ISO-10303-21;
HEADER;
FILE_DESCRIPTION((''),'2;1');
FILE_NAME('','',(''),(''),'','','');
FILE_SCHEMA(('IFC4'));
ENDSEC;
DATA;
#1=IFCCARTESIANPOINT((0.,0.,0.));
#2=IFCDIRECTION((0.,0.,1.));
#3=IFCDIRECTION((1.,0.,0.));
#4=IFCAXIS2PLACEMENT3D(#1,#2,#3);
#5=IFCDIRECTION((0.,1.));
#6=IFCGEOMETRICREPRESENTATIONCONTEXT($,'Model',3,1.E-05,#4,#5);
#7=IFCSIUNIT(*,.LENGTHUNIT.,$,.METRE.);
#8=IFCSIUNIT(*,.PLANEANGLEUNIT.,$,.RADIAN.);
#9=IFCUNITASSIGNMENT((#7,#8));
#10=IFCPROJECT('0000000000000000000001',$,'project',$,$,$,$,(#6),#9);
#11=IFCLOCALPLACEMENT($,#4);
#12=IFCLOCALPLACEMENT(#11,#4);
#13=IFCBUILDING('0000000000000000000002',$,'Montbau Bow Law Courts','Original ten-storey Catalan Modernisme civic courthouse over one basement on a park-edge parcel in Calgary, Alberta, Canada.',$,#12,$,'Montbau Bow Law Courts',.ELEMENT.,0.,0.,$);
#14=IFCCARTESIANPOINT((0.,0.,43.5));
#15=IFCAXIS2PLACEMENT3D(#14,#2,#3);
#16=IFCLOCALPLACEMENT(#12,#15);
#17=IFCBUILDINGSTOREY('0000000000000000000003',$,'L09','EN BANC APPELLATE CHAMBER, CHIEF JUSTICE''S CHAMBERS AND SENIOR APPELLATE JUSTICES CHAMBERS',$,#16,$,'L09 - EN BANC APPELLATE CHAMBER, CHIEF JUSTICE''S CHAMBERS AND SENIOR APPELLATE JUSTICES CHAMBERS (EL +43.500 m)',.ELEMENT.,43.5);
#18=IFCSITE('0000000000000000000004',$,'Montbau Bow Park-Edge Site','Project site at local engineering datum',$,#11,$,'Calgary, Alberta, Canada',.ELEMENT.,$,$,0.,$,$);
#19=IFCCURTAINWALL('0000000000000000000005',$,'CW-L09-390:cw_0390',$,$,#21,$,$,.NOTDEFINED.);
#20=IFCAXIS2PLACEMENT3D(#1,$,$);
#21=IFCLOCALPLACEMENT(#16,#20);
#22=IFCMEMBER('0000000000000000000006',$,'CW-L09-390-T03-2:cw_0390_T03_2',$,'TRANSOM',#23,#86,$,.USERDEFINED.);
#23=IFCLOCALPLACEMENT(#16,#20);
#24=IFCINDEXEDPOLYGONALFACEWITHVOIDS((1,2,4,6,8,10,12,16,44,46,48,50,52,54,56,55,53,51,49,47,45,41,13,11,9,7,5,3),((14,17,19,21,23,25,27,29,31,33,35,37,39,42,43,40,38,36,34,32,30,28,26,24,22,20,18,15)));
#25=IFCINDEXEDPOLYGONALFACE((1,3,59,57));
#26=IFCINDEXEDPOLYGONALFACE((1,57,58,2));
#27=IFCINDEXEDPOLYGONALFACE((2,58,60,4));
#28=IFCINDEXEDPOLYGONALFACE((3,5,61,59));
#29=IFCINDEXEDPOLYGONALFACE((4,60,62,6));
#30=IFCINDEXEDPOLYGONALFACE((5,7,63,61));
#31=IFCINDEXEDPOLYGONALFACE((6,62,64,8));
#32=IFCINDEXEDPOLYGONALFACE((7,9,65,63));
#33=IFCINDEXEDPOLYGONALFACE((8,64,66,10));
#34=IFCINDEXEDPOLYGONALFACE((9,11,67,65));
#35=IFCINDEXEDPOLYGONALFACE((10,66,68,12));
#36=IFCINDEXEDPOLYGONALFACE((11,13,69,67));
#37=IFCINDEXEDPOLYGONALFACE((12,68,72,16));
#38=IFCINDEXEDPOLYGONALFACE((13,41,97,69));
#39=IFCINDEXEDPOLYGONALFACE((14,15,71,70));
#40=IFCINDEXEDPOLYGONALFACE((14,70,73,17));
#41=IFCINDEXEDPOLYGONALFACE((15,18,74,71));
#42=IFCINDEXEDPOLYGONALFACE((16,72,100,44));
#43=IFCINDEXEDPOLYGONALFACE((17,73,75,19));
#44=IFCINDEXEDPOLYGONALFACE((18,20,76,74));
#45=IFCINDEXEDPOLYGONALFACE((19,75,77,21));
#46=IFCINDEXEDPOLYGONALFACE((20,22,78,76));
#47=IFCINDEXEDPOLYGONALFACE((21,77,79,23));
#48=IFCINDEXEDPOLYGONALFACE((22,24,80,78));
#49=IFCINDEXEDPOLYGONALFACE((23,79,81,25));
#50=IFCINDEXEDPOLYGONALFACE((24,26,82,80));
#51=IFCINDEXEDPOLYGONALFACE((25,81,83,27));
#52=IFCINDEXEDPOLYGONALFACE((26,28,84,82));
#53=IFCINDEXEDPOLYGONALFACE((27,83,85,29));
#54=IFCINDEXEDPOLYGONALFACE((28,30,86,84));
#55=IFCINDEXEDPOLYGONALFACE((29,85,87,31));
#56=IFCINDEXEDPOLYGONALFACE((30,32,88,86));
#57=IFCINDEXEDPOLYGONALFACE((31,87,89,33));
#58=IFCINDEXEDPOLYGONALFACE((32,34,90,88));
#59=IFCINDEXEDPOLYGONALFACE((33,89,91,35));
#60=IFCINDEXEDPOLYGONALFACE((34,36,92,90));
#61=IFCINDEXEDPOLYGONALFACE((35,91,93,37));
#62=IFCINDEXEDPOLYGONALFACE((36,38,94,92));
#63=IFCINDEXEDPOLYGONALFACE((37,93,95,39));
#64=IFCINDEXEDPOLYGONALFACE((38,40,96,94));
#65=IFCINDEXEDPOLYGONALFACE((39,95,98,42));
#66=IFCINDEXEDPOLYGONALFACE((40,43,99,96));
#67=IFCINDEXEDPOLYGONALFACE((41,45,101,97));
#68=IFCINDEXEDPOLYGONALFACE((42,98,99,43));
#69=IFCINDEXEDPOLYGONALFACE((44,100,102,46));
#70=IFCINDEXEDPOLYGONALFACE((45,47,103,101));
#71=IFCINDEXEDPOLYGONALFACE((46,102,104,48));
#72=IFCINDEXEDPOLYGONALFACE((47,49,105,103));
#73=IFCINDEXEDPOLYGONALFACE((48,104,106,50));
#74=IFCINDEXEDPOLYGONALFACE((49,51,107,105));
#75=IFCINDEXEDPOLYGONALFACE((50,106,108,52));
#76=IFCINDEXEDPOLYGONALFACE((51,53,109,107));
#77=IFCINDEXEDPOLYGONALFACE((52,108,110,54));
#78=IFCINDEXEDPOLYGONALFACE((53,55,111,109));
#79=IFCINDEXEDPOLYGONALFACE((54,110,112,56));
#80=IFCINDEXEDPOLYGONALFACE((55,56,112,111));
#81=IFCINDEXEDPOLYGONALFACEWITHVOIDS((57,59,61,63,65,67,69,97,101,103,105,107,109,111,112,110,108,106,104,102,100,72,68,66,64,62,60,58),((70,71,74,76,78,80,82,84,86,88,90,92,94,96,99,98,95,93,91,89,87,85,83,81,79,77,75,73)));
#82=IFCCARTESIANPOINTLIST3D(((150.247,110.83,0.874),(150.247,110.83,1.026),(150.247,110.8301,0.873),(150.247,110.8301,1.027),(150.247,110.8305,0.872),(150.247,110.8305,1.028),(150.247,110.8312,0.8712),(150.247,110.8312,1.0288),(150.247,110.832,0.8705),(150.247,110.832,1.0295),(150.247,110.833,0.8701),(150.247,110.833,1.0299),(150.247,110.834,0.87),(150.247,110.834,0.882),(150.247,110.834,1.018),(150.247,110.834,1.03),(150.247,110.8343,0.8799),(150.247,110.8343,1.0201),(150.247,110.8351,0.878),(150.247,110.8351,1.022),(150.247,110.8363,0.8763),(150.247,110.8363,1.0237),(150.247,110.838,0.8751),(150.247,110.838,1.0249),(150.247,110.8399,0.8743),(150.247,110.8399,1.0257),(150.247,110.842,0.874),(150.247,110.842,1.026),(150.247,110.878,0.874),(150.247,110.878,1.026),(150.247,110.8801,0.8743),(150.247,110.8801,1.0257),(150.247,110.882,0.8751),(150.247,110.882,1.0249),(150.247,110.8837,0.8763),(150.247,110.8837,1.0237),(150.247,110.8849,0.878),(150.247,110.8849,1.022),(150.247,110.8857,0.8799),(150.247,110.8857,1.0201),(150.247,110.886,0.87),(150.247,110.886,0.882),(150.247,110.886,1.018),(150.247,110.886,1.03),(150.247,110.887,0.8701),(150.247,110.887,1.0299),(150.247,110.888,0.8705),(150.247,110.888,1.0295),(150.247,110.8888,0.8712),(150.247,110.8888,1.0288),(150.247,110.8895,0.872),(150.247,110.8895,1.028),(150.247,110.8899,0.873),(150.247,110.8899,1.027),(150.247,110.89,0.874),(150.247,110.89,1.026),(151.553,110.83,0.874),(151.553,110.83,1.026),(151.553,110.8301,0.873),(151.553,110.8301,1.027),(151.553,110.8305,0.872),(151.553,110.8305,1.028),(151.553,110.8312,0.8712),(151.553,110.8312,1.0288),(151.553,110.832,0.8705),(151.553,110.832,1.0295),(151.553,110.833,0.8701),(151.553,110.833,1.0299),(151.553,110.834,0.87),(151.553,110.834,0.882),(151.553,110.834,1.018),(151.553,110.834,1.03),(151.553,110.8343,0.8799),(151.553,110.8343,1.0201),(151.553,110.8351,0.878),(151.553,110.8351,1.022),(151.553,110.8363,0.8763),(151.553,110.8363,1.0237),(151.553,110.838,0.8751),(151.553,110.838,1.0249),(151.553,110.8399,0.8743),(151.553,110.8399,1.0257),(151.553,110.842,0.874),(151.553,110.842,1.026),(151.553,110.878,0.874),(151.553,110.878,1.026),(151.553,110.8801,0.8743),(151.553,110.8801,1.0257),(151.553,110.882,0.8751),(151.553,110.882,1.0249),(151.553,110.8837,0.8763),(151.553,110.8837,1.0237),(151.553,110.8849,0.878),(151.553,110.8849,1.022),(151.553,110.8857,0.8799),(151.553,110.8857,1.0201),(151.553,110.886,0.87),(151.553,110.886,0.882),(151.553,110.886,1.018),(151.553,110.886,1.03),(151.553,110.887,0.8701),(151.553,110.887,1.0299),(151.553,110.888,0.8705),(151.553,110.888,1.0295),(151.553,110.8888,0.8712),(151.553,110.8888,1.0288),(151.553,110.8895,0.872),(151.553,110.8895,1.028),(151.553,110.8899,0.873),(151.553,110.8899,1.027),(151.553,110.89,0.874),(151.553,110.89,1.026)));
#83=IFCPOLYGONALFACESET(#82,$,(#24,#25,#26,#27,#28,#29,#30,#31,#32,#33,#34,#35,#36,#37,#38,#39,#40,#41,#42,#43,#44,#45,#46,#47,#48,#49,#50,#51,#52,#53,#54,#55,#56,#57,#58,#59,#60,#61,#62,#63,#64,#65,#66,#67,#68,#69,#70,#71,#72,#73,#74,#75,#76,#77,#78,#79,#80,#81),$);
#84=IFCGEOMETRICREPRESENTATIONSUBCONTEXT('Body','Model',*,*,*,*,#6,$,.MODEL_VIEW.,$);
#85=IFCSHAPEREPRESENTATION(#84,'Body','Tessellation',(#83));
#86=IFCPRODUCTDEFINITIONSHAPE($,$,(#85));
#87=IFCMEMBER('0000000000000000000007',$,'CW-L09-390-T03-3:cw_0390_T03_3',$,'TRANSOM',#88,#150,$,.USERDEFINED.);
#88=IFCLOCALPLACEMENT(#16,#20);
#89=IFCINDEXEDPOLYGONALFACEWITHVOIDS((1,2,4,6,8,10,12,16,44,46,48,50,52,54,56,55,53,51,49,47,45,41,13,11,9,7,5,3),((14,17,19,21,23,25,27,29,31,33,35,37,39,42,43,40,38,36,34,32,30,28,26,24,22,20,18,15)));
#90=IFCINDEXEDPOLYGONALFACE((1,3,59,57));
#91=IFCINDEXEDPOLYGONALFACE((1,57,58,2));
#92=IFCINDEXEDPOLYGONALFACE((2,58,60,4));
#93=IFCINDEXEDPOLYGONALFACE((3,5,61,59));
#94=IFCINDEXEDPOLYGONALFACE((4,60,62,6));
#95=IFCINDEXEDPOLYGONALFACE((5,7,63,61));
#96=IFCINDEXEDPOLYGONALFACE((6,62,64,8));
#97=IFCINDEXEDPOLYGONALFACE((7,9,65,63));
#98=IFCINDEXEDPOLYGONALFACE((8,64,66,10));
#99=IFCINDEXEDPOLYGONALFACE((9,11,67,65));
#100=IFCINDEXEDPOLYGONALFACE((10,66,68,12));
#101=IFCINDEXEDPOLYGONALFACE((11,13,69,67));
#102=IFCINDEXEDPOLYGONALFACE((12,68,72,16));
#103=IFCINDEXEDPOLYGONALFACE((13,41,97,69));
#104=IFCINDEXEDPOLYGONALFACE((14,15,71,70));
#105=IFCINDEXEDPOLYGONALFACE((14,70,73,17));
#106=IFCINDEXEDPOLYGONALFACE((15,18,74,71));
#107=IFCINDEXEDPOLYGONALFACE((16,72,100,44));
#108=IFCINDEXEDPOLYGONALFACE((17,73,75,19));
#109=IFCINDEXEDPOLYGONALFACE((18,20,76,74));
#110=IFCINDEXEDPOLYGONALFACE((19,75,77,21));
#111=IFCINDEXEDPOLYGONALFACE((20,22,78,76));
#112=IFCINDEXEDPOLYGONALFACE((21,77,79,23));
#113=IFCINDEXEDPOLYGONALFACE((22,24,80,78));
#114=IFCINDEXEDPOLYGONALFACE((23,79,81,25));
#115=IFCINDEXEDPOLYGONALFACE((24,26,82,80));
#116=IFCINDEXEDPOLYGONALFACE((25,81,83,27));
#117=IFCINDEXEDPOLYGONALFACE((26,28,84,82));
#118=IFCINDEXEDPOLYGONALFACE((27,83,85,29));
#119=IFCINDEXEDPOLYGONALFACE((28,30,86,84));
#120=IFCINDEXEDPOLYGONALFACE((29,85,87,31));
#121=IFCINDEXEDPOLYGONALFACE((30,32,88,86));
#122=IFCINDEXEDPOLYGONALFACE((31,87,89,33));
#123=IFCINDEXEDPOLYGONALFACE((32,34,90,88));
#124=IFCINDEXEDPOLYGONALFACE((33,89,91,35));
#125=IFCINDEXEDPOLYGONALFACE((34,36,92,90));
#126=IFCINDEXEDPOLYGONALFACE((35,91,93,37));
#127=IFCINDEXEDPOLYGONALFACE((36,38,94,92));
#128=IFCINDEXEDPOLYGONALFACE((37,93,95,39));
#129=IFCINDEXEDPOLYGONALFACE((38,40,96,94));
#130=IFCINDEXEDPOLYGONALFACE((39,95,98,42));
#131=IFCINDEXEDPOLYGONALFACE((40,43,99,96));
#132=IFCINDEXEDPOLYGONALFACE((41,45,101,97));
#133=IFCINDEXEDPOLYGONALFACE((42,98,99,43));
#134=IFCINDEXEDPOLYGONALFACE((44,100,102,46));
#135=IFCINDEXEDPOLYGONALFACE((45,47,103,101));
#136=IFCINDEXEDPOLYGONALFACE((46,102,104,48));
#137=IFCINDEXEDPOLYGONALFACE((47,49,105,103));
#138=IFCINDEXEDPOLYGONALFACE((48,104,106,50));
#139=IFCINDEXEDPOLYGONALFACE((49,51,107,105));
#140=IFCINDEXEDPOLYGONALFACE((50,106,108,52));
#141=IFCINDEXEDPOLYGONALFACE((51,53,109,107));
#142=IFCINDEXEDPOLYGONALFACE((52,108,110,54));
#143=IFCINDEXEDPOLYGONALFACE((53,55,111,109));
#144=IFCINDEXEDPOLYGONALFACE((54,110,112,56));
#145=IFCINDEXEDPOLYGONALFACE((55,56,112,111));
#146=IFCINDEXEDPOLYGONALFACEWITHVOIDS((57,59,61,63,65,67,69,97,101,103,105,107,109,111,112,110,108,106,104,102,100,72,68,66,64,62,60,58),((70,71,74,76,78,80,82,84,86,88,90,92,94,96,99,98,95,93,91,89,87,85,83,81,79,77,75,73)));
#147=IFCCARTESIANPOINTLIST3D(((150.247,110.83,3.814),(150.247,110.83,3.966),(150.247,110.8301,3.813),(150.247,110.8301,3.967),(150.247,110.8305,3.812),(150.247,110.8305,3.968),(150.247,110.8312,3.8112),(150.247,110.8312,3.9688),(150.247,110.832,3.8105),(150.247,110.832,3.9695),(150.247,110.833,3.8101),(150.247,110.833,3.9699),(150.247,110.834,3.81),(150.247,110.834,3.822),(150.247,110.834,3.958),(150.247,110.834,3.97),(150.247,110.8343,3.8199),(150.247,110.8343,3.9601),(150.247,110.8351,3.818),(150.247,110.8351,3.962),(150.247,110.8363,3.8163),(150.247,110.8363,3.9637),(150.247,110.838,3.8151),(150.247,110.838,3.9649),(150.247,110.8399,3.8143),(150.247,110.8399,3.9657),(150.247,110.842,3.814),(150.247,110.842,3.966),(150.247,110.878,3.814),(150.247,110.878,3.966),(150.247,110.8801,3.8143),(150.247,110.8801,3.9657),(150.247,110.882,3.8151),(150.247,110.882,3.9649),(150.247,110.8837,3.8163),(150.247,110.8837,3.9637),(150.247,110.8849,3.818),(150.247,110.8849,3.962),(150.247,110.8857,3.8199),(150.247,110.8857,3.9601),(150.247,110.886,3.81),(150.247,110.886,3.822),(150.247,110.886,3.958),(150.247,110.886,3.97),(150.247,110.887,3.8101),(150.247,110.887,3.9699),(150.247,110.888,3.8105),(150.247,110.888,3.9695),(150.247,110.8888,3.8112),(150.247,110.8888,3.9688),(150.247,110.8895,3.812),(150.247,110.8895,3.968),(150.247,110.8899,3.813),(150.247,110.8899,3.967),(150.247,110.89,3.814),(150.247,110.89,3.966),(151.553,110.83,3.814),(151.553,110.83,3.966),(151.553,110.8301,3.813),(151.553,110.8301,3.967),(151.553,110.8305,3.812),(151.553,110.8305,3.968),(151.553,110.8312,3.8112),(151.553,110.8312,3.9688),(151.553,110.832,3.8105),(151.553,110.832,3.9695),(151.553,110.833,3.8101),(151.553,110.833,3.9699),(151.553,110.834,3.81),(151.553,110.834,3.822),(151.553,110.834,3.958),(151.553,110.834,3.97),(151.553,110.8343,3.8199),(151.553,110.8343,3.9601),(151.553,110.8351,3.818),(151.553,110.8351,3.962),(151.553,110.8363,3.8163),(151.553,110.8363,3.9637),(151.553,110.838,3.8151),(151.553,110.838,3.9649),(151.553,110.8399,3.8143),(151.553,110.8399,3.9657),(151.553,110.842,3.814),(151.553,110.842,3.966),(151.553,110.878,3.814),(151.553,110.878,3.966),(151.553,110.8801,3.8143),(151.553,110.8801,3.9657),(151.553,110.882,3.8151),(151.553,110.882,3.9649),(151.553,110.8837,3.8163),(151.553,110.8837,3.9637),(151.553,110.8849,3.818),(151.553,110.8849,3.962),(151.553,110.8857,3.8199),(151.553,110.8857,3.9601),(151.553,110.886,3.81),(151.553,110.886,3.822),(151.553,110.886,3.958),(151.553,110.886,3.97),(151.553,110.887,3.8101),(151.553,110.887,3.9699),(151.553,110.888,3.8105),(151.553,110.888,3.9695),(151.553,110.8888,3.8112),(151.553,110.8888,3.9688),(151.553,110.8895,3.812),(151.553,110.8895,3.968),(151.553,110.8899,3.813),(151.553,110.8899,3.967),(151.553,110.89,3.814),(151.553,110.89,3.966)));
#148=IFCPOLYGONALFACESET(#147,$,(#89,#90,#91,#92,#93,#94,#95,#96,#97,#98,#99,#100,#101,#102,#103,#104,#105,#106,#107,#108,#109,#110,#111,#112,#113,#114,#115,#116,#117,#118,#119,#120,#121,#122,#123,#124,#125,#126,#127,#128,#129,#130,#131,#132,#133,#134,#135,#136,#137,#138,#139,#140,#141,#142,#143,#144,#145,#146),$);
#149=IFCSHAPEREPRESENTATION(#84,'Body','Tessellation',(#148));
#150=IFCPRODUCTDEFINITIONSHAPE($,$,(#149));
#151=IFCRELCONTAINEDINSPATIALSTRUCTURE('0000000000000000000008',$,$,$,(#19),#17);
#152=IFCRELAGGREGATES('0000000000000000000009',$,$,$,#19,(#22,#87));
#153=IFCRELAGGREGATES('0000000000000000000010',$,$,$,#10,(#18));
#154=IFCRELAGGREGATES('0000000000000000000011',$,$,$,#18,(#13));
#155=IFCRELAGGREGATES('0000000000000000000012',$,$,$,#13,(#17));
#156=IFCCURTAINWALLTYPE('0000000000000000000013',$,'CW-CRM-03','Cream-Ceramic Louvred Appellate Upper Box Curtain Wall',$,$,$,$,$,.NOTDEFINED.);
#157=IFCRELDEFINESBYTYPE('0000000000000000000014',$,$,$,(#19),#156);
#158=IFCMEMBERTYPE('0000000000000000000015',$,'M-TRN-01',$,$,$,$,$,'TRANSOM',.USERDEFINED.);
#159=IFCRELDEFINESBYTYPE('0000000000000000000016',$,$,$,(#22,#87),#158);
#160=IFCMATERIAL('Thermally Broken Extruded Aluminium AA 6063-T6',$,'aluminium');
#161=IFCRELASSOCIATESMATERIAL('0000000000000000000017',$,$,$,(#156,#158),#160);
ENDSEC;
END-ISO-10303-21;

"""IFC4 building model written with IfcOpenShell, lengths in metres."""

from ifc_helpers import new_model, si_unit, direction, frame, origin_with_axes, origin_2d_with_axis, place, context, subcontext, project, spatial, hollow_rectangle, extrude, material, material_profile, profile_set, type_object, element, aggregate, save


model = new_model("IFC4")

# Units and contexts
model_context = context("Model", 3, precision=1e-05, world=origin_with_axes(), true_north=direction((0.0, 1.0)))
body_context = subcontext(model_context, "Body", "Model", "MODEL_VIEW")
ifc_project = project(units=[si_unit("LENGTHUNIT", "METRE"), si_unit("PLANEANGLEUNIT", "RADIAN")], contexts=[model_context])

# Site, building, storey
site_placement = place(None, origin_with_axes())
site = spatial("IfcSite", under=ifc_project, at=site_placement, Name="Montbau Bow Park-Edge Site", Description="Project site at local engineering datum", LongName="Calgary, Alberta, Canada", CompositionType="ELEMENT", RefElevation=0.0)
building_placement = place(site_placement, origin_with_axes())
building = spatial("IfcBuilding", under=site, at=building_placement, Name="Montbau Bow Law Courts", Description="Original ten-storey Catalan Modernisme civic courthouse over one basement on a park-edge parcel in Calgary, Alberta, Canada.", LongName="Montbau Bow Law Courts", CompositionType="ELEMENT", ElevationOfRefHeight=0.0, ElevationOfTerrain=0.0)
storey_placement = place(building_placement, frame((0.0, 0.0, 43.5), z_axis=(0.0, 0.0, 1.0), x_axis=(1.0, 0.0, 0.0)))
storey = spatial("IfcBuildingStorey", under=building, at=storey_placement, Name="L09", Description="EN BANC APPELLATE CHAMBER, CHIEF JUSTICE'S CHAMBERS AND SENIOR APPELLATE JUSTICES CHAMBERS", LongName="L09 - EN BANC APPELLATE CHAMBER, CHIEF JUSTICE'S CHAMBERS AND SENIOR APPELLATE JUSTICES CHAMBERS (EL +43.500 m)", CompositionType="ELEMENT", Elevation=43.5)

# Curtain wall, members
ifc_material_1 = material(Name="Thermally Broken Extruded Aluminium AA 6063-T6", Category="aluminium")
curtain_wall_type = type_object("IfcCurtainWallType", Name="CW-CRM-03", Description="Cream-Ceramic Louvred Appellate Upper Box Curtain Wall", PredefinedType="NOTDEFINED", material=ifc_material_1)
curtain_wall_placement = place(None, frame((147.44, 110.86, 43.5), z_axis=(0.0, 0.0, 1.0), x_axis=(1.0, 0.0, 0.0)))
curtain_wall = element("IfcCurtainWall", 1, at=curtain_wall_placement, inside=storey, type_object=curtain_wall_type, Name="CW-L09-390:cw_0390", PredefinedType="NOTDEFINED")
ifc_material_profile_1 = material_profile(ifc_material_1, hollow_rectangle(XDim=0.06, YDim=0.16, WallThickness=0.004, InnerFilletRadius=0.008, OuterFilletRadius=0.004, at=origin_2d_with_axis()), Name="CWT-160X60", Category="Main", Priority=0)
ifc_profile_set_1 = profile_set([ifc_material_profile_1], Name="Thermally Broken Extruded Aluminium AA 6063-T6")
member_type_1 = type_object("IfcMemberType", Name="M-TRN-01", ElementType="TRANSOM", PredefinedType="USERDEFINED", material=ifc_profile_set_1)
member_1_placement = place(None, frame((150.247, 110.86, 44.45), z_axis=(1.0, 0.0, 0.0), x_axis=(0.0, 1.0, 0.0)))
member_1 = element("IfcMember", 2, at=member_1_placement, type_object=member_type_1, Name="CW-L09-390-T03-2:cw_0390_T03_2", ObjectType="TRANSOM", PredefinedType="USERDEFINED", context=body_context, shape_type="SweptSolid", body=[
    extrude(hollow_rectangle(XDim=0.06, YDim=0.16, WallThickness=0.004, InnerFilletRadius=0.008, OuterFilletRadius=0.004, at=origin_2d_with_axis()), origin_with_axes(), (0.0, 0.0, 1.0), 1.306),
])
member_2_placement = place(None, frame((150.247, 110.86, 47.39), z_axis=(1.0, 0.0, 0.0), x_axis=(0.0, 1.0, 0.0)))
member_2 = element("IfcMember", 3, at=member_2_placement, type_object=member_type_1, Name="CW-L09-390-T03-3:cw_0390_T03_3", ObjectType="TRANSOM", PredefinedType="USERDEFINED", context=body_context, shape_type="SweptSolid", body=[
    extrude(hollow_rectangle(XDim=0.06, YDim=0.16, WallThickness=0.004, InnerFilletRadius=0.008, OuterFilletRadius=0.004, at=origin_2d_with_axis()), origin_with_axes(), (0.0, 0.0, 1.0), 1.306),
])
aggregate(curtain_wall, [member_1, member_2])

save(model, "model.ifc")
